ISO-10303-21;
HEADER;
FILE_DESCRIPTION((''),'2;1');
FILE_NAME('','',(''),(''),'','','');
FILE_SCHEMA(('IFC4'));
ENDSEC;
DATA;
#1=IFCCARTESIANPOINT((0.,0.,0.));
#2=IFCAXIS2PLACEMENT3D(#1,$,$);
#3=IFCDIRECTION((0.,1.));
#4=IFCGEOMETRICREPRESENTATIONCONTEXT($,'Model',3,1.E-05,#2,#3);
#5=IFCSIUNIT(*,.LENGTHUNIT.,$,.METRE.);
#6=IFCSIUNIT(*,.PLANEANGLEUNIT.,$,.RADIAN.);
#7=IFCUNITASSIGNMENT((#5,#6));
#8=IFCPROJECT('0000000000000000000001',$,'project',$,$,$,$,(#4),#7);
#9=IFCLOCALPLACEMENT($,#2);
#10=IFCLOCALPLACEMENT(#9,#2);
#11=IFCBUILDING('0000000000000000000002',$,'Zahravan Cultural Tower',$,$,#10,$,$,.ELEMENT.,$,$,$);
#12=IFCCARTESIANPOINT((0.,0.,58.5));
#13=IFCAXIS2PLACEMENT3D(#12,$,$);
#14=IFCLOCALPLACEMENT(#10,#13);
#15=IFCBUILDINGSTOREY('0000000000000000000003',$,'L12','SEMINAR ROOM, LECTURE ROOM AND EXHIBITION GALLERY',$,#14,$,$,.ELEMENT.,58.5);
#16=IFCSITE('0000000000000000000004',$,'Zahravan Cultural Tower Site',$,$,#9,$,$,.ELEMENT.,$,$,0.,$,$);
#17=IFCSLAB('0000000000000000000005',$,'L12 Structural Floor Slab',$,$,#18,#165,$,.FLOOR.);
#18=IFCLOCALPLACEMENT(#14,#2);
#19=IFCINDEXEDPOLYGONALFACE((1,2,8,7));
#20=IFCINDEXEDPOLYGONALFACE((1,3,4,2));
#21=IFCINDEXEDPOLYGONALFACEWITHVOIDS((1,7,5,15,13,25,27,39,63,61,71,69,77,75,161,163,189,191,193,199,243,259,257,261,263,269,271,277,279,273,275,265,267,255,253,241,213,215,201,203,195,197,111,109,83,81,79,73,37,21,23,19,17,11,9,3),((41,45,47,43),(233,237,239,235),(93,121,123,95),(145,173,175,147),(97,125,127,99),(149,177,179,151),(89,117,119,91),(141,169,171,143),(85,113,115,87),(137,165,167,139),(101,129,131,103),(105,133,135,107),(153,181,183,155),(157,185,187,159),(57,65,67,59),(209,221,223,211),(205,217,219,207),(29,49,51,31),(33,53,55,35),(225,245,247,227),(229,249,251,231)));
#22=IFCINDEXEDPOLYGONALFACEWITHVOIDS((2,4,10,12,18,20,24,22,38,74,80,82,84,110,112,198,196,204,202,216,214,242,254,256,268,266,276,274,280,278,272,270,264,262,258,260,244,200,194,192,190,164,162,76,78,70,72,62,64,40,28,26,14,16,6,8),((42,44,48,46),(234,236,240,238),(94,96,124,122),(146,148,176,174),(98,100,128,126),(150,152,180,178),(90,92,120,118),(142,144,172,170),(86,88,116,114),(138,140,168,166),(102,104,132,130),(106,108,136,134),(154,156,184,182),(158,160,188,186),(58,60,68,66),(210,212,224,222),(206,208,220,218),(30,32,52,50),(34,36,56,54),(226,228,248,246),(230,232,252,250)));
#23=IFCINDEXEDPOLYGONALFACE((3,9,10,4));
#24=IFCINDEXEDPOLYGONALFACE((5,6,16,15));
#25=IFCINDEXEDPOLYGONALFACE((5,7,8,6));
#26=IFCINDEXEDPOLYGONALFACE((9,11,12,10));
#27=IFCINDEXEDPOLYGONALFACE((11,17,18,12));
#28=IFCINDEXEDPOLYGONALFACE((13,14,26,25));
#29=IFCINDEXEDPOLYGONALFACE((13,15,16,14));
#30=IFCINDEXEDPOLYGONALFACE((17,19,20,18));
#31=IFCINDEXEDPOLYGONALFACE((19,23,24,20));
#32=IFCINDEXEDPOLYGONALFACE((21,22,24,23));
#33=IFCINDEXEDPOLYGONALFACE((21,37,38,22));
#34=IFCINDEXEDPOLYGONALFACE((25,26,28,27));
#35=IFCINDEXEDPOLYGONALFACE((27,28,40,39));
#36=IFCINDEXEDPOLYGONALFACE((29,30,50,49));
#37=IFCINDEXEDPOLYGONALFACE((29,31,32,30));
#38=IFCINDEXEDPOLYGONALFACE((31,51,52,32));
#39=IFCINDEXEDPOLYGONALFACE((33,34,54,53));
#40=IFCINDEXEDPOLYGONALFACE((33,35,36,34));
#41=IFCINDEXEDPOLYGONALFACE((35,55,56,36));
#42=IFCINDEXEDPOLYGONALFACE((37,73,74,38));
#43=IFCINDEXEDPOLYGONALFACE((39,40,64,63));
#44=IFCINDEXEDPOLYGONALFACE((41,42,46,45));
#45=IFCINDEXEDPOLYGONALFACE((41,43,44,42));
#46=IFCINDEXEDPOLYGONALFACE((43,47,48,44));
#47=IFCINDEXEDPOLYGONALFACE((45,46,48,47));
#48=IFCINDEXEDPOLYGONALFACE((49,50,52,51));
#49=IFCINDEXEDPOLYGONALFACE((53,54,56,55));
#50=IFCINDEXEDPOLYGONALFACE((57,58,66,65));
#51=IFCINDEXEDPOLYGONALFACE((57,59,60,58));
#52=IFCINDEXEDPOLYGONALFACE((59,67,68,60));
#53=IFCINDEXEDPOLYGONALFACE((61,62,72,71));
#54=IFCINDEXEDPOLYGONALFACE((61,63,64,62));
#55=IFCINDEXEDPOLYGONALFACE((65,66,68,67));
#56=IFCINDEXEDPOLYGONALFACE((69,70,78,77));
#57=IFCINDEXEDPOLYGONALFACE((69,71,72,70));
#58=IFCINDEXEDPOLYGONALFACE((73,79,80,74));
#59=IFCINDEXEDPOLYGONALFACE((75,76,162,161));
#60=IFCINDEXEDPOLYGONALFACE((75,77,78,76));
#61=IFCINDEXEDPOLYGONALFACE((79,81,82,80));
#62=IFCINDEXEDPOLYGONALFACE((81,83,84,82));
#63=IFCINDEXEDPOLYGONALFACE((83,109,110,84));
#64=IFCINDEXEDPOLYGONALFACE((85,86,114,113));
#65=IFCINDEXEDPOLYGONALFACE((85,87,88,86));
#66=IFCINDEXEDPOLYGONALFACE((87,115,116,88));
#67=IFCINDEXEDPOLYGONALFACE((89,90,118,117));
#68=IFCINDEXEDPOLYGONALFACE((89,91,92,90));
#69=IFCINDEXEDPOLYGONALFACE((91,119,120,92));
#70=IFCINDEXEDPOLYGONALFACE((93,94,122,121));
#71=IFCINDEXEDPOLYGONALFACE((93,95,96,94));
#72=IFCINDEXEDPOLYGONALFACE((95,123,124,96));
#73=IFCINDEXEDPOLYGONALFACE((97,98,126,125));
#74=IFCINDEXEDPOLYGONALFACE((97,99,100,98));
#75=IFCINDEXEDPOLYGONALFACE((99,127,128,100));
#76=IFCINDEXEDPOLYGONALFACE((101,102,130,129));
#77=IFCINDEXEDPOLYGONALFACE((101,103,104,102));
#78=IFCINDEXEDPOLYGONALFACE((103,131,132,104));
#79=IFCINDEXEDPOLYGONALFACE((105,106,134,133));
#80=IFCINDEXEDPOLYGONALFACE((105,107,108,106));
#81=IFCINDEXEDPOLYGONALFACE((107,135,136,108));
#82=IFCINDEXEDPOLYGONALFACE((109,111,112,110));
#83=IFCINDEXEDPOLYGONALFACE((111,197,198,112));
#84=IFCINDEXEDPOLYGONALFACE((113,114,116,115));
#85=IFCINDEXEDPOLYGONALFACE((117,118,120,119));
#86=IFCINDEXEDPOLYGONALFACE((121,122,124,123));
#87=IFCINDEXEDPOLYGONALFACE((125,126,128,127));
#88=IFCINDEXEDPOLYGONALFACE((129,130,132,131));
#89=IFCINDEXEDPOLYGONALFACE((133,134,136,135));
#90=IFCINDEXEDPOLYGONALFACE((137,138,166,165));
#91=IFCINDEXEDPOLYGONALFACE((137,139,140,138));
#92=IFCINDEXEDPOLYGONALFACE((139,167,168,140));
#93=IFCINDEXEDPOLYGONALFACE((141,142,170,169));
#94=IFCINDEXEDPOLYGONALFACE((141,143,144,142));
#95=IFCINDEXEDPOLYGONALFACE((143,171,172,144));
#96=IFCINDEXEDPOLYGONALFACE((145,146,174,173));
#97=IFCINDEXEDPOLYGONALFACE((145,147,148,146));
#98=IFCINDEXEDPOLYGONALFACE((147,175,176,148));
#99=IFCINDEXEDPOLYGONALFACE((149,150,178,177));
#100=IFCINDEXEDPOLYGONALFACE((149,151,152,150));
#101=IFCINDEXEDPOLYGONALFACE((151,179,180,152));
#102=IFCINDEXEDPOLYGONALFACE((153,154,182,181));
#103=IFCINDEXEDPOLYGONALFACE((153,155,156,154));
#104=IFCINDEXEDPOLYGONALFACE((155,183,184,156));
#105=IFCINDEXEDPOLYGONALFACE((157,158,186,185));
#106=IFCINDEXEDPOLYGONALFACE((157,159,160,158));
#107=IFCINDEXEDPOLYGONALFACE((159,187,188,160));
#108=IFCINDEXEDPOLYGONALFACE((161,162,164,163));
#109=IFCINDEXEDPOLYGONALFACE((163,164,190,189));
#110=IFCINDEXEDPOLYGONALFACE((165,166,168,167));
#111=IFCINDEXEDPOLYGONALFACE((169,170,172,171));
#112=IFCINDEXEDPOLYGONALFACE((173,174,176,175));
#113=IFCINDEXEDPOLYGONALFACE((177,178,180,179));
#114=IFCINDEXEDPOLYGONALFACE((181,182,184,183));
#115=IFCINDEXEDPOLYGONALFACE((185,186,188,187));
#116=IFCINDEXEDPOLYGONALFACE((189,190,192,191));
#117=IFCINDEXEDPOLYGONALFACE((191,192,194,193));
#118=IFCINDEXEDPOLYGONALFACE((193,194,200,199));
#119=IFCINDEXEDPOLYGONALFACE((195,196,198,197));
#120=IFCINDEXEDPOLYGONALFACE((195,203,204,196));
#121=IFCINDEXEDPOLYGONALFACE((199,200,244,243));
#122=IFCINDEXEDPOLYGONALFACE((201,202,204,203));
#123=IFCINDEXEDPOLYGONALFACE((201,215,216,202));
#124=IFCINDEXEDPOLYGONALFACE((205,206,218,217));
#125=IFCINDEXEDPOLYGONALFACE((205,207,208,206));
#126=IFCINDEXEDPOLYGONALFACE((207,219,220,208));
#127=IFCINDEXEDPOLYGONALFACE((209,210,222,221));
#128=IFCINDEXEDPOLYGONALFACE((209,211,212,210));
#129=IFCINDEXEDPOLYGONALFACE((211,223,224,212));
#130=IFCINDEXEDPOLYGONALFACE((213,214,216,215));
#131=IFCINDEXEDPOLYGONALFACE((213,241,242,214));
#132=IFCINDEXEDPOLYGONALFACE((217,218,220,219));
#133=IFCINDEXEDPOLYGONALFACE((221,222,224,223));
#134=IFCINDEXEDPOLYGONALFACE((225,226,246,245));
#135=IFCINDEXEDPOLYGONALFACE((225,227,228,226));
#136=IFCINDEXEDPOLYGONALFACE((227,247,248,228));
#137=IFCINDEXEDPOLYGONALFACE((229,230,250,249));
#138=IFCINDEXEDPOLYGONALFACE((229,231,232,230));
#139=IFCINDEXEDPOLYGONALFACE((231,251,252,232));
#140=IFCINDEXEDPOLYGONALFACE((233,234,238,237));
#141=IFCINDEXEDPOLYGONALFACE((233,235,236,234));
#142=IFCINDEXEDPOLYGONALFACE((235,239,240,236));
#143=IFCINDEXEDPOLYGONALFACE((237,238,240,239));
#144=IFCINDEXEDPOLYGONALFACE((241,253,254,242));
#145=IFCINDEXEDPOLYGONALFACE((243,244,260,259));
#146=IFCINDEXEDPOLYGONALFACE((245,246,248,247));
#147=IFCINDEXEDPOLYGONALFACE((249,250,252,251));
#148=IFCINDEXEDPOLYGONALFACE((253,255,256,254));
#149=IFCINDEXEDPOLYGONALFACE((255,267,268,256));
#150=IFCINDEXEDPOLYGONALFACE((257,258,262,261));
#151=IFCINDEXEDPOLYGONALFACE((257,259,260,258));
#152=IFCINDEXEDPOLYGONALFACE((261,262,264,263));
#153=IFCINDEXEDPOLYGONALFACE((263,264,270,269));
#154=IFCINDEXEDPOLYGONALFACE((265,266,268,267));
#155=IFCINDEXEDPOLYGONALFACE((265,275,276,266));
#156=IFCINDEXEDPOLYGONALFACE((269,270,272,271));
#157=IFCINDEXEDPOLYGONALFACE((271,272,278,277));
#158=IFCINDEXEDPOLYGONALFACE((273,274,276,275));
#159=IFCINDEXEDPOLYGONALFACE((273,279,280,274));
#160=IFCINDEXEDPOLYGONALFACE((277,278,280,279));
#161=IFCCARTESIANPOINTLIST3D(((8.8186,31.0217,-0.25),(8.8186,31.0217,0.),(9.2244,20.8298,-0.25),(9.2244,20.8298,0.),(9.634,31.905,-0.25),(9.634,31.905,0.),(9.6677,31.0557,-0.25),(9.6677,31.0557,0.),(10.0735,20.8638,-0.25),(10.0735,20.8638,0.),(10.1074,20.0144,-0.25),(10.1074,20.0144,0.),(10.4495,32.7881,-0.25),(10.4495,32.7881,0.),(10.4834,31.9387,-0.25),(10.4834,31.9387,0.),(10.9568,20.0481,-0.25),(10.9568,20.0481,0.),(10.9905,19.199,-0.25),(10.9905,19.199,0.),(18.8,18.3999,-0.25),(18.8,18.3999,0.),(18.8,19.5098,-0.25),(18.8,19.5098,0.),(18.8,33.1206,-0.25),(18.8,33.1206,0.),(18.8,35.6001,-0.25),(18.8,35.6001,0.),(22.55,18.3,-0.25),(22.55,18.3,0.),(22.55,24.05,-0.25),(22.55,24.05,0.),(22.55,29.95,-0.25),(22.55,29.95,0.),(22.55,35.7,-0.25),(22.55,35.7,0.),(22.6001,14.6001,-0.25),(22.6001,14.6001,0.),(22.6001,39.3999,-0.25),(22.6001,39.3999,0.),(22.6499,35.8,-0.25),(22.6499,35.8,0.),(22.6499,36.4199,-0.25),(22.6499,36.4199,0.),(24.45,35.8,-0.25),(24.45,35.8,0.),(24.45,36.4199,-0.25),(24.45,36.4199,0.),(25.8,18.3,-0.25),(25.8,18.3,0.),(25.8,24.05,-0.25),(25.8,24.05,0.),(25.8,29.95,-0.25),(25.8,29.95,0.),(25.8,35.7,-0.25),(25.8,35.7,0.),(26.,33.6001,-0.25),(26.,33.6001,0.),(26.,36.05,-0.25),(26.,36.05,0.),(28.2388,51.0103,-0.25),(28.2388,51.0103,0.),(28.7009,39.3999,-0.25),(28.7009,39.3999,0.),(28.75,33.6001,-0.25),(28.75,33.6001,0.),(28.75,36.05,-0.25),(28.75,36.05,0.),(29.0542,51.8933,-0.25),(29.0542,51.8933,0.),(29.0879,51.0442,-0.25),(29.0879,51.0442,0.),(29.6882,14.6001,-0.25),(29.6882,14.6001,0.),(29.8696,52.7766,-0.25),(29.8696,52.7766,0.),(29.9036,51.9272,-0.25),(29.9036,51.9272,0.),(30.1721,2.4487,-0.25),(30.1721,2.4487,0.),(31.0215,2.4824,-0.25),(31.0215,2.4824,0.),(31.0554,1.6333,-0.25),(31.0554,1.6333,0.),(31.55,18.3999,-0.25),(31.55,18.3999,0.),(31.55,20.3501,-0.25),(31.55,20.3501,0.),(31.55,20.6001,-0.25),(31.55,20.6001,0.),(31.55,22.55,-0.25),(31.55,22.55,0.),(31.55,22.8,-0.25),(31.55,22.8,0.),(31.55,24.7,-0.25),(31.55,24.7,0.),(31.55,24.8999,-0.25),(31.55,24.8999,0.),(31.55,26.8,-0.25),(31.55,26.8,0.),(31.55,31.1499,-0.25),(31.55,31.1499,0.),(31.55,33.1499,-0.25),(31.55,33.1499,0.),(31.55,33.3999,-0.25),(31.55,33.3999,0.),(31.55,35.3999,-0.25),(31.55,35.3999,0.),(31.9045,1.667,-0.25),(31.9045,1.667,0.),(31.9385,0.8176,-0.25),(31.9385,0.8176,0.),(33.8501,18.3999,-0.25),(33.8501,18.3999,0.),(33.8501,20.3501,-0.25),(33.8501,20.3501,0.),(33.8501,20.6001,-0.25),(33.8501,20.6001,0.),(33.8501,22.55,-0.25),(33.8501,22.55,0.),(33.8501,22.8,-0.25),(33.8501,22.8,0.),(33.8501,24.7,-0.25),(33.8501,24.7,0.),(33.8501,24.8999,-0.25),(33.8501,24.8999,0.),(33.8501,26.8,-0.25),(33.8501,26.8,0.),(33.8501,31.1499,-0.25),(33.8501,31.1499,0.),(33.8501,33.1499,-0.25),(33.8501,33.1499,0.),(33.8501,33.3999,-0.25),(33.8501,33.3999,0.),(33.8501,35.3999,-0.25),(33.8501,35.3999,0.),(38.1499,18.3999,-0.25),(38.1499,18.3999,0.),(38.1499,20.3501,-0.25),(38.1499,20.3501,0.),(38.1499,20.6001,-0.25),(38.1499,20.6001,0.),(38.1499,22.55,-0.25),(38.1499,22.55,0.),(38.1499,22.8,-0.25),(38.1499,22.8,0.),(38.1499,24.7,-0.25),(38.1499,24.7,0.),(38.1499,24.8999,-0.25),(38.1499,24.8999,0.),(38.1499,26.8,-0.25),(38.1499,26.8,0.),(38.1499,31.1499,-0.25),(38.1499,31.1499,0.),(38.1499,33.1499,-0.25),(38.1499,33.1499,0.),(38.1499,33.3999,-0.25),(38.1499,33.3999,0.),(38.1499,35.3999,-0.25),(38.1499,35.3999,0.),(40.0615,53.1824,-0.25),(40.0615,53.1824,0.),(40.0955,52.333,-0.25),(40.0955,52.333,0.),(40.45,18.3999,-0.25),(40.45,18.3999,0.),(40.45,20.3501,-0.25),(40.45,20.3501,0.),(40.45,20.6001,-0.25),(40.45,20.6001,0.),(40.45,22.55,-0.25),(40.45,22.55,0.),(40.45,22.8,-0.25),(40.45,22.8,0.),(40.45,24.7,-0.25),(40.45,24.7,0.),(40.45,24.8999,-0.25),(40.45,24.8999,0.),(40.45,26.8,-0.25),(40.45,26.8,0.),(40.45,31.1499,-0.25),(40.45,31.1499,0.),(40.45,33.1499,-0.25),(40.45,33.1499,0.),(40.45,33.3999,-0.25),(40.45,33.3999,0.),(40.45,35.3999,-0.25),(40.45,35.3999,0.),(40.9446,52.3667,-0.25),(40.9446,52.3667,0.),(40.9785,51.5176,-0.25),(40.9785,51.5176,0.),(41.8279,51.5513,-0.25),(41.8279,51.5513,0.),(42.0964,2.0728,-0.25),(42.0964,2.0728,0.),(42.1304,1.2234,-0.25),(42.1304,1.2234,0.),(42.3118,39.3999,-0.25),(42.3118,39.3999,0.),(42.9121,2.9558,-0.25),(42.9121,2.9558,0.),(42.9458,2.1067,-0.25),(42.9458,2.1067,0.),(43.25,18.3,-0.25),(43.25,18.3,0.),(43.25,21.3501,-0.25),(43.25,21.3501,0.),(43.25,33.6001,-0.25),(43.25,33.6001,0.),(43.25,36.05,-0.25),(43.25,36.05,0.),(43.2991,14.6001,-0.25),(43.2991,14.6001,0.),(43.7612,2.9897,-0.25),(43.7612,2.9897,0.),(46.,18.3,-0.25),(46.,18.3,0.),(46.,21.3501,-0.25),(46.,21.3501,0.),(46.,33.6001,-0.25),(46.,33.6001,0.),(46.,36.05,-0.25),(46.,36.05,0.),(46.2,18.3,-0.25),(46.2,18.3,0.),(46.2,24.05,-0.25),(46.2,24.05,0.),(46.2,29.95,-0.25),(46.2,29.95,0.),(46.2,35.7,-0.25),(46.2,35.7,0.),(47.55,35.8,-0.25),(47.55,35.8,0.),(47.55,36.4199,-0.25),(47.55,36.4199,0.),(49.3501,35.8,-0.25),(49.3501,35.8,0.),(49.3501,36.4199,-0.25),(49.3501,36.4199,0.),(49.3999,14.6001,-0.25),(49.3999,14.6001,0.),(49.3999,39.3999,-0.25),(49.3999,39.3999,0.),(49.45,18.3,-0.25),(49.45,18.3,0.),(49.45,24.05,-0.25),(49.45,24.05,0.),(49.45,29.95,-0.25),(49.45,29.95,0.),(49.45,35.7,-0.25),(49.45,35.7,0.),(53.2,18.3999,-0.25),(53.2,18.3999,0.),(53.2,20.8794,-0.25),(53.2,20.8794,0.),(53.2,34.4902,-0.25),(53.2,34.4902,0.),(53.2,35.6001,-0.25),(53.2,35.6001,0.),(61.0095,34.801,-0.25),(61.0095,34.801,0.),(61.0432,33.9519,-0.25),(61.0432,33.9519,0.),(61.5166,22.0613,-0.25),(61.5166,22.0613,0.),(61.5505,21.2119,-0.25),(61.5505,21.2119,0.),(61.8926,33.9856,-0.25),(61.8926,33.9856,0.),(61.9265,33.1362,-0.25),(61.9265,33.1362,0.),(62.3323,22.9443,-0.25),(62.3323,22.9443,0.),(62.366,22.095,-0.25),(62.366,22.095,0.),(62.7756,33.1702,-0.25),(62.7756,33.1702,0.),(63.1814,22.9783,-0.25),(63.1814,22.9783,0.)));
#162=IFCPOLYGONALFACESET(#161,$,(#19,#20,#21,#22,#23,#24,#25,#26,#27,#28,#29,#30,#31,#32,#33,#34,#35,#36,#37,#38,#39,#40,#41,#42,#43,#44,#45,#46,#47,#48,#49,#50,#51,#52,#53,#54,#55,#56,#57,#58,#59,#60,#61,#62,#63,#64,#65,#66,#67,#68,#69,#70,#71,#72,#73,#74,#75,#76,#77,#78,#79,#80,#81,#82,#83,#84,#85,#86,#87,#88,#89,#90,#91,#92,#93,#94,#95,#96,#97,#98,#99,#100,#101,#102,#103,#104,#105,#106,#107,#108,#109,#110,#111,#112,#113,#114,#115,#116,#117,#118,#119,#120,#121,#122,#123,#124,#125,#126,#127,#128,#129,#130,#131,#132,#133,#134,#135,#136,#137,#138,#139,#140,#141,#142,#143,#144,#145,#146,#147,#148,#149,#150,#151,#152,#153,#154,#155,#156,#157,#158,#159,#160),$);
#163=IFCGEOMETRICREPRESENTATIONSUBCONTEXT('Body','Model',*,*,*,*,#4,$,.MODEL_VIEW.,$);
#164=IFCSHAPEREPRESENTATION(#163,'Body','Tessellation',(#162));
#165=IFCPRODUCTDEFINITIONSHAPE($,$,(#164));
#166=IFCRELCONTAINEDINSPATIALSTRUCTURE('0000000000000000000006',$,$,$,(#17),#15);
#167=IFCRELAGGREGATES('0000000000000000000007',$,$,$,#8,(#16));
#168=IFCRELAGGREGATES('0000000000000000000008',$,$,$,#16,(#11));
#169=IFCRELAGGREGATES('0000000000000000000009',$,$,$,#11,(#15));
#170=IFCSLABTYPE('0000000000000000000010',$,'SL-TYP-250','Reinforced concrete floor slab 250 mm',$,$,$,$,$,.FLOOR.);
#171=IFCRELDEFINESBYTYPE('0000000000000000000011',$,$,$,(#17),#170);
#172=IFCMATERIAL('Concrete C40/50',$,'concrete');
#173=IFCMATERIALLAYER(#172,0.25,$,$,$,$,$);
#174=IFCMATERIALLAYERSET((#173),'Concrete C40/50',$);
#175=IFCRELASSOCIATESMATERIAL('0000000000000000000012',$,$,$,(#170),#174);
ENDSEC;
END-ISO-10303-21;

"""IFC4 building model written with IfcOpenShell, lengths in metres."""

from ifc_helpers import new_model, si_unit, direction, frame, origin, place, context, subcontext, project, spatial, polyline, outline, extrude, material, layer, layer_set, type_object, element, save


model = new_model("IFC4")

# Units and contexts
model_context = context("Model", 3, precision=1e-05, world=origin(), true_north=direction((0.0, 1.0)))
body_context = subcontext(model_context, "Body", "Model", "MODEL_VIEW")
ifc_project = project(units=[si_unit("LENGTHUNIT", "METRE"), si_unit("PLANEANGLEUNIT", "RADIAN")], contexts=[model_context])

# Site, building, storey
site_placement = place(None, origin())
site = spatial("IfcSite", under=ifc_project, at=site_placement, Name="Zahravan Cultural Tower Site", CompositionType="ELEMENT", RefElevation=0.0)
building_placement = place(site_placement, origin())
building = spatial("IfcBuilding", under=site, at=building_placement, Name="Zahravan Cultural Tower", CompositionType="ELEMENT")
storey_placement = place(building_placement, frame((0.0, 0.0, 58.5)))
storey = spatial("IfcBuildingStorey", under=building, at=storey_placement, Name="L12", Description="SEMINAR ROOM, LECTURE ROOM AND EXHIBITION GALLERY", CompositionType="ELEMENT", Elevation=58.5)

# Slab
ifc_material_1 = material(Name="Concrete C40/50", Category="concrete")
ifc_layer_1 = layer(ifc_material_1, 0.25)
ifc_layer_set_1 = layer_set([ifc_layer_1], Name="Concrete C40/50")
slab_type_1 = type_object("IfcSlabType", Name="SL-TYP-250", Description="Reinforced concrete floor slab 250 mm", PredefinedType="FLOOR", material=ifc_layer_set_1)
slab_1_placement = place(storey_placement, frame((0.0, 0.0, -0.25)))
element("IfcSlab", 1, at=slab_1_placement, inside=storey, type_object=slab_type_1, Name="L12 Structural Floor Slab", PredefinedType="FLOOR", context=body_context, shape_type="SweptSolid", body=[
    extrude(outline(polyline([(53.2, 34.4902), (53.2, 35.6001), (49.3999, 39.3999), (42.3118, 39.3999), (41.8279, 51.5513), (40.9785, 51.5176), (40.9446, 52.3667), (40.0955, 52.333), (40.0615, 53.1824), (29.8696, 52.7766), (29.9036, 51.9272), (29.0542, 51.8933), (29.0879, 51.0442), (28.2388, 51.0103), (28.7009, 39.3999), (22.6001, 39.3999), (18.8, 35.6001), (18.8, 33.1206), (10.4495, 32.7881), (10.4834, 31.9387), (9.634, 31.905), (9.6677, 31.0557), (8.8186, 31.0217), (9.2244, 20.8298), (10.0735, 20.8638), (10.1074, 20.0144), (10.9568, 20.0481), (10.9905, 19.199), (18.8, 19.5098), (18.8, 18.3999), (22.6001, 14.6001), (29.6882, 14.6001), (30.1721, 2.4487), (31.0215, 2.4824), (31.0554, 1.6333), (31.9045, 1.667), (31.9385, 0.8176), (42.1304, 1.2234), (42.0964, 2.0728), (42.9458, 2.1067), (42.9121, 2.9558), (43.7612, 2.9897), (43.2991, 14.6001), (49.3999, 14.6001), (53.2, 18.3999), (53.2, 20.8794), (61.5505, 21.2119), (61.5166, 22.0613), (62.366, 22.095), (62.3323, 22.9443), (63.1814, 22.9783), (62.7756, 33.1702), (61.9265, 33.1362), (61.8926, 33.9856), (61.0432, 33.9519), (61.0095, 34.801), (53.2, 34.4902)]), holes=[polyline([(22.55, 29.95), (22.55, 35.7), (25.8, 35.7), (25.8, 29.95), (22.55, 29.95)]), polyline([(22.55, 18.3), (22.55, 24.05), (25.8, 24.05), (25.8, 18.3), (22.55, 18.3)]), polyline([(46.2, 29.95), (46.2, 35.7), (49.45, 35.7), (49.45, 29.95), (46.2, 29.95)]), polyline([(46.2, 18.3), (46.2, 24.05), (49.45, 24.05), (49.45, 18.3), (46.2, 18.3)]), polyline([(26.0, 33.6001), (26.0, 36.05), (28.75, 36.05), (28.75, 33.6001), (26.0, 33.6001)]), polyline([(43.25, 33.6001), (43.25, 36.05), (46.0, 36.05), (46.0, 33.6001), (43.25, 33.6001)]), polyline([(43.25, 18.3), (43.25, 21.3501), (46.0, 21.3501), (46.0, 18.3), (43.25, 18.3)]), polyline([(31.55, 33.3999), (31.55, 35.3999), (33.8501, 35.3999), (33.8501, 33.3999), (31.55, 33.3999)]), polyline([(31.55, 31.1499), (31.55, 33.1499), (33.8501, 33.1499), (33.8501, 31.1499), (31.55, 31.1499)]), polyline([(38.1499, 33.3999), (38.1499, 35.3999), (40.45, 35.3999), (40.45, 33.3999), (38.1499, 33.3999)]), polyline([(38.1499, 31.1499), (38.1499, 33.1499), (40.45, 33.1499), (40.45, 31.1499), (38.1499, 31.1499)]), polyline([(31.55, 20.6001), (31.55, 22.55), (33.8501, 22.55), (33.8501, 20.6001), (31.55, 20.6001)]), polyline([(31.55, 18.3999), (31.55, 20.3501), (33.8501, 20.3501), (33.8501, 18.3999), (31.55, 18.3999)]), polyline([(38.1499, 20.6001), (38.1499, 22.55), (40.45, 22.55), (40.45, 20.6001), (38.1499, 20.6001)]), polyline([(38.1499, 18.3999), (38.1499, 20.3501), (40.45, 20.3501), (40.45, 18.3999), (38.1499, 18.3999)]), polyline([(31.55, 24.8999), (31.55, 26.8), (33.8501, 26.8), (33.8501, 24.8999), (31.55, 24.8999)]), polyline([(31.55, 22.8), (31.55, 24.7), (33.8501, 24.7), (33.8501, 22.8), (31.55, 22.8)]), polyline([(38.1499, 24.8999), (38.1499, 26.8), (40.45, 26.8), (40.45, 24.8999), (38.1499, 24.8999)]), polyline([(38.1499, 22.8), (38.1499, 24.7), (40.45, 24.7), (40.45, 22.8), (38.1499, 22.8)]), polyline([(22.6499, 35.8), (22.6499, 36.4199), (24.45, 36.4199), (24.45, 35.8), (22.6499, 35.8)]), polyline([(47.55, 35.8), (47.55, 36.4199), (49.3501, 36.4199), (49.3501, 35.8), (47.55, 35.8)])]), origin(), (0.0, 0.0, 1.0), 0.25),
])

save(model, "model.ifc")
